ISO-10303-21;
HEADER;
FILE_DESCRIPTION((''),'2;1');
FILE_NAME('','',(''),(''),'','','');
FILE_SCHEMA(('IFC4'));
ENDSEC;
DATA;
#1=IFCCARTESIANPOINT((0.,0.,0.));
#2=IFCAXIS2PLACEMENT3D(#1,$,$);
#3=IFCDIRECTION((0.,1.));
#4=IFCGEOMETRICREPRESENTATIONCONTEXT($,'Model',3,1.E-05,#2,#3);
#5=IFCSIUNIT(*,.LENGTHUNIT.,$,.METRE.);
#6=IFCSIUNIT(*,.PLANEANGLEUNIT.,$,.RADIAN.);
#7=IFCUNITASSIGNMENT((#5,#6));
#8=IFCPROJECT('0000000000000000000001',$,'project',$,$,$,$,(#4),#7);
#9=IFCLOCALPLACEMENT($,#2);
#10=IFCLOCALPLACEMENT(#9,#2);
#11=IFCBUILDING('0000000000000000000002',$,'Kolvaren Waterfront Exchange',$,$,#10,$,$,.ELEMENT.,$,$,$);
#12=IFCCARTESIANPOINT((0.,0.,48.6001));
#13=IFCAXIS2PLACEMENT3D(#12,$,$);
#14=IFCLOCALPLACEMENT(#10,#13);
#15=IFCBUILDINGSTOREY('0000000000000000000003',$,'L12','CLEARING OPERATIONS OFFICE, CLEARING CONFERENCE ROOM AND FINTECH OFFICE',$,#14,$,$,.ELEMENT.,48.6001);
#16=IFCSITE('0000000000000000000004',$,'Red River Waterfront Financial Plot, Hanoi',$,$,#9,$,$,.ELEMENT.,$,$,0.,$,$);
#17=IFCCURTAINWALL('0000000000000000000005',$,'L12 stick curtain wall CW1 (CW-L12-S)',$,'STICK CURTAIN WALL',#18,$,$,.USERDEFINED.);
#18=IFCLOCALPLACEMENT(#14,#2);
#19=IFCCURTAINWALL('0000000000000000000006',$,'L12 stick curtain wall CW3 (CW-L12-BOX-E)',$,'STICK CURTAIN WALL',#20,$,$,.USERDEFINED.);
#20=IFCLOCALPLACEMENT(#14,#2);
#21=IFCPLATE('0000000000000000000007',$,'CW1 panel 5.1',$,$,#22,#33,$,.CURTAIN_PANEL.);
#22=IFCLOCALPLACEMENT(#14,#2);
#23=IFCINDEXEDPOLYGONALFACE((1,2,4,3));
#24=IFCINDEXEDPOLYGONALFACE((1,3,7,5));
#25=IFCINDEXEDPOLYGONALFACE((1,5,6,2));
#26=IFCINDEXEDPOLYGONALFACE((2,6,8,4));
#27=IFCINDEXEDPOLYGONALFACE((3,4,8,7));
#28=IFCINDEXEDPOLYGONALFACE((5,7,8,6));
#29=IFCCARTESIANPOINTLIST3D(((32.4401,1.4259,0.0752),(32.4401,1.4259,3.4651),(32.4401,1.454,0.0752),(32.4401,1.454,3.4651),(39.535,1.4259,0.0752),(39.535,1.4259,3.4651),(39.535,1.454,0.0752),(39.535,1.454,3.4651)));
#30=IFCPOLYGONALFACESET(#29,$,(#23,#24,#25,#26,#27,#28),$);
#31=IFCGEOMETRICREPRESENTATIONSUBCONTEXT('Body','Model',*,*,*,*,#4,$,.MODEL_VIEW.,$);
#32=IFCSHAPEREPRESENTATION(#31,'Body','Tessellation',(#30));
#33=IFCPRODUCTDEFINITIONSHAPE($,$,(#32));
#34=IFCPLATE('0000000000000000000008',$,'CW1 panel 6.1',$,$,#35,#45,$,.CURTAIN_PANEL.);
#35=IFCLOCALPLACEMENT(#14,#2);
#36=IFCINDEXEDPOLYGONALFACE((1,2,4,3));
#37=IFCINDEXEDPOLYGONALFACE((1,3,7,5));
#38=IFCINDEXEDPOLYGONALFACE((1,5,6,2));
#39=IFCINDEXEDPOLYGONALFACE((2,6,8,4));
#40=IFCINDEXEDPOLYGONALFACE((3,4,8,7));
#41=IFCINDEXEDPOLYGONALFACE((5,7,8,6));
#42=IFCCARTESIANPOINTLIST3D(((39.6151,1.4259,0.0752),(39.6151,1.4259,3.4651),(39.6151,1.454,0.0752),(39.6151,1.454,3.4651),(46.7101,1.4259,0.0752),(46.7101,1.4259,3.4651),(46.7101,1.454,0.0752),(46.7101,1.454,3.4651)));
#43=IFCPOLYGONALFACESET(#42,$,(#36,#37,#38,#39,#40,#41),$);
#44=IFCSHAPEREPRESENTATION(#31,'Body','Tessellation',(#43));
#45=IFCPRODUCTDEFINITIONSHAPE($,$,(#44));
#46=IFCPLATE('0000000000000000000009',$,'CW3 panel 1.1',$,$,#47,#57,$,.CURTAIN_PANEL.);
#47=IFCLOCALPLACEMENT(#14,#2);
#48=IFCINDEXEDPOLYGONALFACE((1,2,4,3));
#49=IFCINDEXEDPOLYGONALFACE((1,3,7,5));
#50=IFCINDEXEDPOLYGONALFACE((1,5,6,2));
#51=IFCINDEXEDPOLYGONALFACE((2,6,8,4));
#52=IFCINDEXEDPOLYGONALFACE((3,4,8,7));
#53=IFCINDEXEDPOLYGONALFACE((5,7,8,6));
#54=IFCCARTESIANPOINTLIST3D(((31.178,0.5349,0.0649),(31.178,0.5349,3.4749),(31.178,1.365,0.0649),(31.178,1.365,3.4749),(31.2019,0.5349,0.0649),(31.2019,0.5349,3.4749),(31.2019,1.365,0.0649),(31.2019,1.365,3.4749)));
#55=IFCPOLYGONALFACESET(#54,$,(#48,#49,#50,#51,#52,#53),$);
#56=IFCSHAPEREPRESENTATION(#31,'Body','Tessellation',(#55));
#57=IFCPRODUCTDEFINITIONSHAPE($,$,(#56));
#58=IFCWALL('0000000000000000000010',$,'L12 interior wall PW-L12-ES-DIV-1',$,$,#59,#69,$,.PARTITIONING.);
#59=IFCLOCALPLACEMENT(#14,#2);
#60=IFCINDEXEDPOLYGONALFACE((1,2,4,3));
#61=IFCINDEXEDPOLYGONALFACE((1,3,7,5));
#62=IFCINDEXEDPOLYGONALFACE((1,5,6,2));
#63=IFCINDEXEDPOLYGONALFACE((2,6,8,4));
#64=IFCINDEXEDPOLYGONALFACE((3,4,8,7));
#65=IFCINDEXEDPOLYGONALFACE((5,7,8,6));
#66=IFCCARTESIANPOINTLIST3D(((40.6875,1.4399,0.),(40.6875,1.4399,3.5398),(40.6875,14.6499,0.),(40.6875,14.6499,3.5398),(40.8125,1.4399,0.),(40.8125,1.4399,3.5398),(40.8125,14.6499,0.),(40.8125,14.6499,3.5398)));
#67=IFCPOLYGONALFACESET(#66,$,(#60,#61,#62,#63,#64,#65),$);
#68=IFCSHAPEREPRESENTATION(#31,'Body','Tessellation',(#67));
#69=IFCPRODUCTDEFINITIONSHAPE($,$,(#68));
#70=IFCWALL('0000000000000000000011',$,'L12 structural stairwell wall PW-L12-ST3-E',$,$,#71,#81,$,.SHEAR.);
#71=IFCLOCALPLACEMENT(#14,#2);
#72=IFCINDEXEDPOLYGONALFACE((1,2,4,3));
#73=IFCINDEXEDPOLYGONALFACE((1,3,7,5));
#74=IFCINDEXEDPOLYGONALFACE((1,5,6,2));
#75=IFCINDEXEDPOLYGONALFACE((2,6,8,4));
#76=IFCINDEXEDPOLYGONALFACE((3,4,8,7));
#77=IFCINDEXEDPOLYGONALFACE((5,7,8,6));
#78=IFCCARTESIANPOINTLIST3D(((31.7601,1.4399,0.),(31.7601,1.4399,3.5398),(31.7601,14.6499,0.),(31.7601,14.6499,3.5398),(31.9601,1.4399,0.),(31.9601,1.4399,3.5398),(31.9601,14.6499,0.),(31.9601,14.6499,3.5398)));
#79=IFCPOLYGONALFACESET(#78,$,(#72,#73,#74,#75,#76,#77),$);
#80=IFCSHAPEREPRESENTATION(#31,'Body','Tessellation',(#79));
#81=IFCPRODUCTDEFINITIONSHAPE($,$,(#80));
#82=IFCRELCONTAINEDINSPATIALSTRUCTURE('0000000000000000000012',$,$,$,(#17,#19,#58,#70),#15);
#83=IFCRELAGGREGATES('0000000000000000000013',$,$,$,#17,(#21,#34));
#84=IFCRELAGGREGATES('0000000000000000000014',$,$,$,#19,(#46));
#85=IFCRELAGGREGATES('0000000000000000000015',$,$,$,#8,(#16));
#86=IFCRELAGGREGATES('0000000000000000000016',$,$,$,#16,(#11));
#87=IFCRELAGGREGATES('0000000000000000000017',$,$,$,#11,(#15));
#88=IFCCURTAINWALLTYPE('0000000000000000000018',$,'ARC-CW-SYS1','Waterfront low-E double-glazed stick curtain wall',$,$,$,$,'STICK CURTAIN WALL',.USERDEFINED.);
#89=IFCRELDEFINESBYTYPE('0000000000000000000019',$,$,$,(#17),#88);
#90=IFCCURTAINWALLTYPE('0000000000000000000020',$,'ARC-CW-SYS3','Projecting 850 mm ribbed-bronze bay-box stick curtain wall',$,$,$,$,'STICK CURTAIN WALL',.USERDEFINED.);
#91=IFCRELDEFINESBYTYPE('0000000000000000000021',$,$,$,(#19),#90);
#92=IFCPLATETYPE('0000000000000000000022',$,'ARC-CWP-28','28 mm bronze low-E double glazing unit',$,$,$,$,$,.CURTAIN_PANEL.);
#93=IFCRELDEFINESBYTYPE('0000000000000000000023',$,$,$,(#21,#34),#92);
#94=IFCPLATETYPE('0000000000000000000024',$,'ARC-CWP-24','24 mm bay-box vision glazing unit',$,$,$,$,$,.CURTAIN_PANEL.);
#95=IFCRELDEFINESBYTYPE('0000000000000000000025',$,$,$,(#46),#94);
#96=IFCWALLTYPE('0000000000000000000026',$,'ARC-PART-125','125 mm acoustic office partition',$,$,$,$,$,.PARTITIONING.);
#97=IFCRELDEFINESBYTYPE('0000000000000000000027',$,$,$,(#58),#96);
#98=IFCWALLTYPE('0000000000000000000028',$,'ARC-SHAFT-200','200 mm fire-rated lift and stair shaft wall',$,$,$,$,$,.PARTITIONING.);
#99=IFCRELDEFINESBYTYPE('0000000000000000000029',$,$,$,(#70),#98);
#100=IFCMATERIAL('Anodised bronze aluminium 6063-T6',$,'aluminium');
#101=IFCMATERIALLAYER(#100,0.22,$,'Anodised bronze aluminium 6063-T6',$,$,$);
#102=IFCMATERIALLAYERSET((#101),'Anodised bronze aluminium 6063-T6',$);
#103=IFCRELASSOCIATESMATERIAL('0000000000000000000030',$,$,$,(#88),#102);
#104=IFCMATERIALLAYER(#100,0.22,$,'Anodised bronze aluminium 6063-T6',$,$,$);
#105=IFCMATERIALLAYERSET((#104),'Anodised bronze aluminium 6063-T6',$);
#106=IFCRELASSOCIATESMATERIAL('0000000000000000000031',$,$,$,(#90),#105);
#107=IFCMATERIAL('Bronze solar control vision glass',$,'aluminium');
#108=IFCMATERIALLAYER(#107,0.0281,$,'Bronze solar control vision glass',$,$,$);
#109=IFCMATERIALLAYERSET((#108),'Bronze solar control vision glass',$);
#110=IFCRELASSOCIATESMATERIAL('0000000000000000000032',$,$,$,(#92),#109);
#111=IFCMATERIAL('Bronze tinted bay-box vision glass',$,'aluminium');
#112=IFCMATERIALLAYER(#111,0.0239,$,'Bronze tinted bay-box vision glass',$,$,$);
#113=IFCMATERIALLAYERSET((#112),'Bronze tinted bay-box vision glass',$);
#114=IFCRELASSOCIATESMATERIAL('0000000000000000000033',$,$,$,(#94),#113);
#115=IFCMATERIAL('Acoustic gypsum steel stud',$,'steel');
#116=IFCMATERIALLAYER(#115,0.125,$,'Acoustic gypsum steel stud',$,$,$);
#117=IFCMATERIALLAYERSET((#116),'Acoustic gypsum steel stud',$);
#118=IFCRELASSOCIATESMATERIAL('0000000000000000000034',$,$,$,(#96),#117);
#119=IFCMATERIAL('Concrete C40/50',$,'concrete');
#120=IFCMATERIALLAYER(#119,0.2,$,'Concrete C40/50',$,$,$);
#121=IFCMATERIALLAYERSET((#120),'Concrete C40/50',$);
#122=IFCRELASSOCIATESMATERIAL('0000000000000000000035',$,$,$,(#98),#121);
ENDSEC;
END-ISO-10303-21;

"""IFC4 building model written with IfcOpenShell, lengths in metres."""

from ifc_helpers import new_model, si_unit, direction, frame, frame_2d, origin, origin_with_axes, origin_2d, place, context, subcontext, project, spatial, rectangle, extrude, source, transform, mapped, material, layer, layer_set, type_object, element, aggregate, save


model = new_model("IFC4")

# Units and contexts
model_context = context("Model", 3, precision=1e-05, world=origin(), true_north=direction((0.0, 1.0)))
body_context = subcontext(model_context, "Body", "Model", "MODEL_VIEW")
ifc_project = project(units=[si_unit("LENGTHUNIT", "METRE"), si_unit("PLANEANGLEUNIT", "RADIAN")], contexts=[model_context])

# Site, building, storey
site_placement = place(None, origin())
site = spatial("IfcSite", under=ifc_project, at=site_placement, Name="Red River Waterfront Financial Plot, Hanoi", CompositionType="ELEMENT", RefElevation=0.0)
building_placement = place(site_placement, origin())
building = spatial("IfcBuilding", under=site, at=building_placement, Name="Kolvaren Waterfront Exchange", CompositionType="ELEMENT")
storey_placement = place(building_placement, frame((0.0, 0.0, 48.6001)))
storey = spatial("IfcBuildingStorey", under=building, at=storey_placement, Name="L12", Description="CLEARING OPERATIONS OFFICE, CLEARING CONFERENCE ROOM AND FINTECH OFFICE", CompositionType="ELEMENT", Elevation=48.6001)

# Curtain walls
ifc_material_1 = material(Name="Anodised bronze aluminium 6063-T6", Category="aluminium")
ifc_layer_1 = layer(ifc_material_1, 0.22, Name="Anodised bronze aluminium 6063-T6")
ifc_layer_set_1 = layer_set([ifc_layer_1], Name="Anodised bronze aluminium 6063-T6")
curtain_wall_type_1 = type_object("IfcCurtainWallType", Name="ARC-CW-SYS1", Description="Waterfront low-E double-glazed stick curtain wall", ElementType="STICK CURTAIN WALL", PredefinedType="USERDEFINED", material=ifc_layer_set_1)
curtain_wall_1_placement = place(storey_placement, origin())
curtain_wall_1 = element("IfcCurtainWall", 1, at=curtain_wall_1_placement, inside=storey, type_object=curtain_wall_type_1, Name="L12 stick curtain wall CW1 (CW-L12-S)", ObjectType="STICK CURTAIN WALL", PredefinedType="USERDEFINED")
ifc_layer_2 = layer(ifc_material_1, 0.22, Name="Anodised bronze aluminium 6063-T6")
ifc_layer_set_2 = layer_set([ifc_layer_2], Name="Anodised bronze aluminium 6063-T6")
curtain_wall_type_2 = type_object("IfcCurtainWallType", Name="ARC-CW-SYS3", Description="Projecting 850 mm ribbed-bronze bay-box stick curtain wall", ElementType="STICK CURTAIN WALL", PredefinedType="USERDEFINED", material=ifc_layer_set_2)
curtain_wall_2_placement = place(storey_placement, origin())
curtain_wall_2 = element("IfcCurtainWall", 2, at=curtain_wall_2_placement, inside=storey, type_object=curtain_wall_type_2, Name="L12 stick curtain wall CW3 (CW-L12-BOX-E)", ObjectType="STICK CURTAIN WALL", PredefinedType="USERDEFINED")

# Plates
ifc_material_2 = material(Name="Bronze solar control vision glass", Category="aluminium")
ifc_layer_3 = layer(ifc_material_2, 0.0281, Name="Bronze solar control vision glass")
ifc_layer_set_3 = layer_set([ifc_layer_3], Name="Bronze solar control vision glass")
plate_type_1 = type_object("IfcPlateType", Name="ARC-CWP-28", Description="28 mm bronze low-E double glazing unit", PredefinedType="CURTAIN_PANEL", material=ifc_layer_set_3)
shared_shape_1 = source(origin_with_axes(), body_context, "Body", "SweptSolid", [
    extrude(rectangle(XDim=7.095, YDim=0.0281, at=origin_2d()), origin(), (0.0, 0.0, 1.0), 3.3899),
])
plate_1_placement = place(storey_placement, frame((35.9875, 1.4399, 0.0752), z_axis=(0.0, 0.0, 1.0), x_axis=(1.0, 0.0, 0.0)))
plate_1 = element("IfcPlate", 3, at=plate_1_placement, type_object=plate_type_1, Name="CW1 panel 5.1", PredefinedType="CURTAIN_PANEL", context=body_context, shape_type="MappedRepresentation", body=[
    mapped(shared_shape_1, transform((0.0, 0.0, 0.0), x_axis=(1.0, 0.0, 0.0), y_axis=(0.0, 1.0, 0.0), z_axis=(0.0, 0.0, 1.0), scale=1.0)),
])
plate_2_placement = place(storey_placement, frame((43.1626, 1.4399, 0.0752), z_axis=(0.0, 0.0, 1.0), x_axis=(1.0, 0.0, 0.0)))
plate_2 = element("IfcPlate", 4, at=plate_2_placement, type_object=plate_type_1, Name="CW1 panel 6.1", PredefinedType="CURTAIN_PANEL", context=body_context, shape_type="MappedRepresentation", body=[
    mapped(shared_shape_1, transform((0.0, 0.0, 0.0), x_axis=(1.0, 0.0, 0.0), y_axis=(0.0, 1.0, 0.0), z_axis=(0.0, 0.0, 1.0), scale=1.0)),
])
aggregate(curtain_wall_1, [plate_1, plate_2])
ifc_material_3 = material(Name="Bronze tinted bay-box vision glass", Category="aluminium")
ifc_layer_4 = layer(ifc_material_3, 0.0239, Name="Bronze tinted bay-box vision glass")
ifc_layer_set_4 = layer_set([ifc_layer_4], Name="Bronze tinted bay-box vision glass")
plate_type_2 = type_object("IfcPlateType", Name="ARC-CWP-24", Description="24 mm bay-box vision glazing unit", PredefinedType="CURTAIN_PANEL", material=ifc_layer_set_4)
shared_shape_2 = source(origin_with_axes(), body_context, "Body", "SweptSolid", [
    extrude(rectangle(XDim=0.8301, YDim=0.0239, at=origin_2d()), origin(), (0.0, 0.0, 1.0), 3.4099),
])
plate_3_placement = place(storey_placement, frame((31.1899, 0.95, 0.0649), z_axis=(0.0, 0.0, 1.0), x_axis=(0.0, 1.0, 0.0)))
plate_3 = element("IfcPlate", 5, at=plate_3_placement, type_object=plate_type_2, Name="CW3 panel 1.1", PredefinedType="CURTAIN_PANEL", context=body_context, shape_type="MappedRepresentation", body=[
    mapped(shared_shape_2, transform((0.0, 0.0, 0.0), x_axis=(1.0, 0.0, 0.0), y_axis=(0.0, 1.0, 0.0), z_axis=(0.0, 0.0, 1.0), scale=1.0)),
])
aggregate(curtain_wall_2, [plate_3])

# Walls
ifc_material_4 = material(Name="Acoustic gypsum steel stud", Category="steel")
ifc_layer_5 = layer(ifc_material_4, 0.125, Name="Acoustic gypsum steel stud")
ifc_layer_set_5 = layer_set([ifc_layer_5], Name="Acoustic gypsum steel stud")
wall_type_1 = type_object("IfcWallType", Name="ARC-PART-125", Description="125 mm acoustic office partition", PredefinedType="PARTITIONING", material=ifc_layer_set_5)
wall_1_placement = place(storey_placement, frame((40.75, 1.4399, 0.0), z_axis=(0.0, 0.0, 1.0), x_axis=(0.0, 1.0, 0.0)))
element("IfcWall", 6, at=wall_1_placement, inside=storey, type_object=wall_type_1, Name="L12 interior wall PW-L12-ES-DIV-1", PredefinedType="PARTITIONING", context=body_context, shape_type="SweptSolid", body=[
    extrude(rectangle(XDim=13.21, YDim=0.125, at=frame_2d((6.605, 0.0))), origin(), (0.0, 0.0, 1.0), 3.5398),
])
ifc_material_5 = material(Name="Concrete C40/50", Category="concrete")
ifc_layer_6 = layer(ifc_material_5, 0.2, Name="Concrete C40/50")
ifc_layer_set_6 = layer_set([ifc_layer_6], Name="Concrete C40/50")
wall_type_2 = type_object("IfcWallType", Name="ARC-SHAFT-200", Description="200 mm fire-rated lift and stair shaft wall", PredefinedType="PARTITIONING", material=ifc_layer_set_6)
wall_2_placement = place(storey_placement, frame((31.8601, 1.4399, 0.0), z_axis=(0.0, 0.0, 1.0), x_axis=(0.0, 1.0, 0.0)))
element("IfcWall", 7, at=wall_2_placement, inside=storey, type_object=wall_type_2, Name="L12 structural stairwell wall PW-L12-ST3-E", PredefinedType="SHEAR", context=body_context, shape_type="SweptSolid", body=[
    extrude(rectangle(XDim=13.21, YDim=0.2, at=frame_2d((6.605, 0.0))), origin(), (0.0, 0.0, 1.0), 3.5398),
])

save(model, "model.ifc")
